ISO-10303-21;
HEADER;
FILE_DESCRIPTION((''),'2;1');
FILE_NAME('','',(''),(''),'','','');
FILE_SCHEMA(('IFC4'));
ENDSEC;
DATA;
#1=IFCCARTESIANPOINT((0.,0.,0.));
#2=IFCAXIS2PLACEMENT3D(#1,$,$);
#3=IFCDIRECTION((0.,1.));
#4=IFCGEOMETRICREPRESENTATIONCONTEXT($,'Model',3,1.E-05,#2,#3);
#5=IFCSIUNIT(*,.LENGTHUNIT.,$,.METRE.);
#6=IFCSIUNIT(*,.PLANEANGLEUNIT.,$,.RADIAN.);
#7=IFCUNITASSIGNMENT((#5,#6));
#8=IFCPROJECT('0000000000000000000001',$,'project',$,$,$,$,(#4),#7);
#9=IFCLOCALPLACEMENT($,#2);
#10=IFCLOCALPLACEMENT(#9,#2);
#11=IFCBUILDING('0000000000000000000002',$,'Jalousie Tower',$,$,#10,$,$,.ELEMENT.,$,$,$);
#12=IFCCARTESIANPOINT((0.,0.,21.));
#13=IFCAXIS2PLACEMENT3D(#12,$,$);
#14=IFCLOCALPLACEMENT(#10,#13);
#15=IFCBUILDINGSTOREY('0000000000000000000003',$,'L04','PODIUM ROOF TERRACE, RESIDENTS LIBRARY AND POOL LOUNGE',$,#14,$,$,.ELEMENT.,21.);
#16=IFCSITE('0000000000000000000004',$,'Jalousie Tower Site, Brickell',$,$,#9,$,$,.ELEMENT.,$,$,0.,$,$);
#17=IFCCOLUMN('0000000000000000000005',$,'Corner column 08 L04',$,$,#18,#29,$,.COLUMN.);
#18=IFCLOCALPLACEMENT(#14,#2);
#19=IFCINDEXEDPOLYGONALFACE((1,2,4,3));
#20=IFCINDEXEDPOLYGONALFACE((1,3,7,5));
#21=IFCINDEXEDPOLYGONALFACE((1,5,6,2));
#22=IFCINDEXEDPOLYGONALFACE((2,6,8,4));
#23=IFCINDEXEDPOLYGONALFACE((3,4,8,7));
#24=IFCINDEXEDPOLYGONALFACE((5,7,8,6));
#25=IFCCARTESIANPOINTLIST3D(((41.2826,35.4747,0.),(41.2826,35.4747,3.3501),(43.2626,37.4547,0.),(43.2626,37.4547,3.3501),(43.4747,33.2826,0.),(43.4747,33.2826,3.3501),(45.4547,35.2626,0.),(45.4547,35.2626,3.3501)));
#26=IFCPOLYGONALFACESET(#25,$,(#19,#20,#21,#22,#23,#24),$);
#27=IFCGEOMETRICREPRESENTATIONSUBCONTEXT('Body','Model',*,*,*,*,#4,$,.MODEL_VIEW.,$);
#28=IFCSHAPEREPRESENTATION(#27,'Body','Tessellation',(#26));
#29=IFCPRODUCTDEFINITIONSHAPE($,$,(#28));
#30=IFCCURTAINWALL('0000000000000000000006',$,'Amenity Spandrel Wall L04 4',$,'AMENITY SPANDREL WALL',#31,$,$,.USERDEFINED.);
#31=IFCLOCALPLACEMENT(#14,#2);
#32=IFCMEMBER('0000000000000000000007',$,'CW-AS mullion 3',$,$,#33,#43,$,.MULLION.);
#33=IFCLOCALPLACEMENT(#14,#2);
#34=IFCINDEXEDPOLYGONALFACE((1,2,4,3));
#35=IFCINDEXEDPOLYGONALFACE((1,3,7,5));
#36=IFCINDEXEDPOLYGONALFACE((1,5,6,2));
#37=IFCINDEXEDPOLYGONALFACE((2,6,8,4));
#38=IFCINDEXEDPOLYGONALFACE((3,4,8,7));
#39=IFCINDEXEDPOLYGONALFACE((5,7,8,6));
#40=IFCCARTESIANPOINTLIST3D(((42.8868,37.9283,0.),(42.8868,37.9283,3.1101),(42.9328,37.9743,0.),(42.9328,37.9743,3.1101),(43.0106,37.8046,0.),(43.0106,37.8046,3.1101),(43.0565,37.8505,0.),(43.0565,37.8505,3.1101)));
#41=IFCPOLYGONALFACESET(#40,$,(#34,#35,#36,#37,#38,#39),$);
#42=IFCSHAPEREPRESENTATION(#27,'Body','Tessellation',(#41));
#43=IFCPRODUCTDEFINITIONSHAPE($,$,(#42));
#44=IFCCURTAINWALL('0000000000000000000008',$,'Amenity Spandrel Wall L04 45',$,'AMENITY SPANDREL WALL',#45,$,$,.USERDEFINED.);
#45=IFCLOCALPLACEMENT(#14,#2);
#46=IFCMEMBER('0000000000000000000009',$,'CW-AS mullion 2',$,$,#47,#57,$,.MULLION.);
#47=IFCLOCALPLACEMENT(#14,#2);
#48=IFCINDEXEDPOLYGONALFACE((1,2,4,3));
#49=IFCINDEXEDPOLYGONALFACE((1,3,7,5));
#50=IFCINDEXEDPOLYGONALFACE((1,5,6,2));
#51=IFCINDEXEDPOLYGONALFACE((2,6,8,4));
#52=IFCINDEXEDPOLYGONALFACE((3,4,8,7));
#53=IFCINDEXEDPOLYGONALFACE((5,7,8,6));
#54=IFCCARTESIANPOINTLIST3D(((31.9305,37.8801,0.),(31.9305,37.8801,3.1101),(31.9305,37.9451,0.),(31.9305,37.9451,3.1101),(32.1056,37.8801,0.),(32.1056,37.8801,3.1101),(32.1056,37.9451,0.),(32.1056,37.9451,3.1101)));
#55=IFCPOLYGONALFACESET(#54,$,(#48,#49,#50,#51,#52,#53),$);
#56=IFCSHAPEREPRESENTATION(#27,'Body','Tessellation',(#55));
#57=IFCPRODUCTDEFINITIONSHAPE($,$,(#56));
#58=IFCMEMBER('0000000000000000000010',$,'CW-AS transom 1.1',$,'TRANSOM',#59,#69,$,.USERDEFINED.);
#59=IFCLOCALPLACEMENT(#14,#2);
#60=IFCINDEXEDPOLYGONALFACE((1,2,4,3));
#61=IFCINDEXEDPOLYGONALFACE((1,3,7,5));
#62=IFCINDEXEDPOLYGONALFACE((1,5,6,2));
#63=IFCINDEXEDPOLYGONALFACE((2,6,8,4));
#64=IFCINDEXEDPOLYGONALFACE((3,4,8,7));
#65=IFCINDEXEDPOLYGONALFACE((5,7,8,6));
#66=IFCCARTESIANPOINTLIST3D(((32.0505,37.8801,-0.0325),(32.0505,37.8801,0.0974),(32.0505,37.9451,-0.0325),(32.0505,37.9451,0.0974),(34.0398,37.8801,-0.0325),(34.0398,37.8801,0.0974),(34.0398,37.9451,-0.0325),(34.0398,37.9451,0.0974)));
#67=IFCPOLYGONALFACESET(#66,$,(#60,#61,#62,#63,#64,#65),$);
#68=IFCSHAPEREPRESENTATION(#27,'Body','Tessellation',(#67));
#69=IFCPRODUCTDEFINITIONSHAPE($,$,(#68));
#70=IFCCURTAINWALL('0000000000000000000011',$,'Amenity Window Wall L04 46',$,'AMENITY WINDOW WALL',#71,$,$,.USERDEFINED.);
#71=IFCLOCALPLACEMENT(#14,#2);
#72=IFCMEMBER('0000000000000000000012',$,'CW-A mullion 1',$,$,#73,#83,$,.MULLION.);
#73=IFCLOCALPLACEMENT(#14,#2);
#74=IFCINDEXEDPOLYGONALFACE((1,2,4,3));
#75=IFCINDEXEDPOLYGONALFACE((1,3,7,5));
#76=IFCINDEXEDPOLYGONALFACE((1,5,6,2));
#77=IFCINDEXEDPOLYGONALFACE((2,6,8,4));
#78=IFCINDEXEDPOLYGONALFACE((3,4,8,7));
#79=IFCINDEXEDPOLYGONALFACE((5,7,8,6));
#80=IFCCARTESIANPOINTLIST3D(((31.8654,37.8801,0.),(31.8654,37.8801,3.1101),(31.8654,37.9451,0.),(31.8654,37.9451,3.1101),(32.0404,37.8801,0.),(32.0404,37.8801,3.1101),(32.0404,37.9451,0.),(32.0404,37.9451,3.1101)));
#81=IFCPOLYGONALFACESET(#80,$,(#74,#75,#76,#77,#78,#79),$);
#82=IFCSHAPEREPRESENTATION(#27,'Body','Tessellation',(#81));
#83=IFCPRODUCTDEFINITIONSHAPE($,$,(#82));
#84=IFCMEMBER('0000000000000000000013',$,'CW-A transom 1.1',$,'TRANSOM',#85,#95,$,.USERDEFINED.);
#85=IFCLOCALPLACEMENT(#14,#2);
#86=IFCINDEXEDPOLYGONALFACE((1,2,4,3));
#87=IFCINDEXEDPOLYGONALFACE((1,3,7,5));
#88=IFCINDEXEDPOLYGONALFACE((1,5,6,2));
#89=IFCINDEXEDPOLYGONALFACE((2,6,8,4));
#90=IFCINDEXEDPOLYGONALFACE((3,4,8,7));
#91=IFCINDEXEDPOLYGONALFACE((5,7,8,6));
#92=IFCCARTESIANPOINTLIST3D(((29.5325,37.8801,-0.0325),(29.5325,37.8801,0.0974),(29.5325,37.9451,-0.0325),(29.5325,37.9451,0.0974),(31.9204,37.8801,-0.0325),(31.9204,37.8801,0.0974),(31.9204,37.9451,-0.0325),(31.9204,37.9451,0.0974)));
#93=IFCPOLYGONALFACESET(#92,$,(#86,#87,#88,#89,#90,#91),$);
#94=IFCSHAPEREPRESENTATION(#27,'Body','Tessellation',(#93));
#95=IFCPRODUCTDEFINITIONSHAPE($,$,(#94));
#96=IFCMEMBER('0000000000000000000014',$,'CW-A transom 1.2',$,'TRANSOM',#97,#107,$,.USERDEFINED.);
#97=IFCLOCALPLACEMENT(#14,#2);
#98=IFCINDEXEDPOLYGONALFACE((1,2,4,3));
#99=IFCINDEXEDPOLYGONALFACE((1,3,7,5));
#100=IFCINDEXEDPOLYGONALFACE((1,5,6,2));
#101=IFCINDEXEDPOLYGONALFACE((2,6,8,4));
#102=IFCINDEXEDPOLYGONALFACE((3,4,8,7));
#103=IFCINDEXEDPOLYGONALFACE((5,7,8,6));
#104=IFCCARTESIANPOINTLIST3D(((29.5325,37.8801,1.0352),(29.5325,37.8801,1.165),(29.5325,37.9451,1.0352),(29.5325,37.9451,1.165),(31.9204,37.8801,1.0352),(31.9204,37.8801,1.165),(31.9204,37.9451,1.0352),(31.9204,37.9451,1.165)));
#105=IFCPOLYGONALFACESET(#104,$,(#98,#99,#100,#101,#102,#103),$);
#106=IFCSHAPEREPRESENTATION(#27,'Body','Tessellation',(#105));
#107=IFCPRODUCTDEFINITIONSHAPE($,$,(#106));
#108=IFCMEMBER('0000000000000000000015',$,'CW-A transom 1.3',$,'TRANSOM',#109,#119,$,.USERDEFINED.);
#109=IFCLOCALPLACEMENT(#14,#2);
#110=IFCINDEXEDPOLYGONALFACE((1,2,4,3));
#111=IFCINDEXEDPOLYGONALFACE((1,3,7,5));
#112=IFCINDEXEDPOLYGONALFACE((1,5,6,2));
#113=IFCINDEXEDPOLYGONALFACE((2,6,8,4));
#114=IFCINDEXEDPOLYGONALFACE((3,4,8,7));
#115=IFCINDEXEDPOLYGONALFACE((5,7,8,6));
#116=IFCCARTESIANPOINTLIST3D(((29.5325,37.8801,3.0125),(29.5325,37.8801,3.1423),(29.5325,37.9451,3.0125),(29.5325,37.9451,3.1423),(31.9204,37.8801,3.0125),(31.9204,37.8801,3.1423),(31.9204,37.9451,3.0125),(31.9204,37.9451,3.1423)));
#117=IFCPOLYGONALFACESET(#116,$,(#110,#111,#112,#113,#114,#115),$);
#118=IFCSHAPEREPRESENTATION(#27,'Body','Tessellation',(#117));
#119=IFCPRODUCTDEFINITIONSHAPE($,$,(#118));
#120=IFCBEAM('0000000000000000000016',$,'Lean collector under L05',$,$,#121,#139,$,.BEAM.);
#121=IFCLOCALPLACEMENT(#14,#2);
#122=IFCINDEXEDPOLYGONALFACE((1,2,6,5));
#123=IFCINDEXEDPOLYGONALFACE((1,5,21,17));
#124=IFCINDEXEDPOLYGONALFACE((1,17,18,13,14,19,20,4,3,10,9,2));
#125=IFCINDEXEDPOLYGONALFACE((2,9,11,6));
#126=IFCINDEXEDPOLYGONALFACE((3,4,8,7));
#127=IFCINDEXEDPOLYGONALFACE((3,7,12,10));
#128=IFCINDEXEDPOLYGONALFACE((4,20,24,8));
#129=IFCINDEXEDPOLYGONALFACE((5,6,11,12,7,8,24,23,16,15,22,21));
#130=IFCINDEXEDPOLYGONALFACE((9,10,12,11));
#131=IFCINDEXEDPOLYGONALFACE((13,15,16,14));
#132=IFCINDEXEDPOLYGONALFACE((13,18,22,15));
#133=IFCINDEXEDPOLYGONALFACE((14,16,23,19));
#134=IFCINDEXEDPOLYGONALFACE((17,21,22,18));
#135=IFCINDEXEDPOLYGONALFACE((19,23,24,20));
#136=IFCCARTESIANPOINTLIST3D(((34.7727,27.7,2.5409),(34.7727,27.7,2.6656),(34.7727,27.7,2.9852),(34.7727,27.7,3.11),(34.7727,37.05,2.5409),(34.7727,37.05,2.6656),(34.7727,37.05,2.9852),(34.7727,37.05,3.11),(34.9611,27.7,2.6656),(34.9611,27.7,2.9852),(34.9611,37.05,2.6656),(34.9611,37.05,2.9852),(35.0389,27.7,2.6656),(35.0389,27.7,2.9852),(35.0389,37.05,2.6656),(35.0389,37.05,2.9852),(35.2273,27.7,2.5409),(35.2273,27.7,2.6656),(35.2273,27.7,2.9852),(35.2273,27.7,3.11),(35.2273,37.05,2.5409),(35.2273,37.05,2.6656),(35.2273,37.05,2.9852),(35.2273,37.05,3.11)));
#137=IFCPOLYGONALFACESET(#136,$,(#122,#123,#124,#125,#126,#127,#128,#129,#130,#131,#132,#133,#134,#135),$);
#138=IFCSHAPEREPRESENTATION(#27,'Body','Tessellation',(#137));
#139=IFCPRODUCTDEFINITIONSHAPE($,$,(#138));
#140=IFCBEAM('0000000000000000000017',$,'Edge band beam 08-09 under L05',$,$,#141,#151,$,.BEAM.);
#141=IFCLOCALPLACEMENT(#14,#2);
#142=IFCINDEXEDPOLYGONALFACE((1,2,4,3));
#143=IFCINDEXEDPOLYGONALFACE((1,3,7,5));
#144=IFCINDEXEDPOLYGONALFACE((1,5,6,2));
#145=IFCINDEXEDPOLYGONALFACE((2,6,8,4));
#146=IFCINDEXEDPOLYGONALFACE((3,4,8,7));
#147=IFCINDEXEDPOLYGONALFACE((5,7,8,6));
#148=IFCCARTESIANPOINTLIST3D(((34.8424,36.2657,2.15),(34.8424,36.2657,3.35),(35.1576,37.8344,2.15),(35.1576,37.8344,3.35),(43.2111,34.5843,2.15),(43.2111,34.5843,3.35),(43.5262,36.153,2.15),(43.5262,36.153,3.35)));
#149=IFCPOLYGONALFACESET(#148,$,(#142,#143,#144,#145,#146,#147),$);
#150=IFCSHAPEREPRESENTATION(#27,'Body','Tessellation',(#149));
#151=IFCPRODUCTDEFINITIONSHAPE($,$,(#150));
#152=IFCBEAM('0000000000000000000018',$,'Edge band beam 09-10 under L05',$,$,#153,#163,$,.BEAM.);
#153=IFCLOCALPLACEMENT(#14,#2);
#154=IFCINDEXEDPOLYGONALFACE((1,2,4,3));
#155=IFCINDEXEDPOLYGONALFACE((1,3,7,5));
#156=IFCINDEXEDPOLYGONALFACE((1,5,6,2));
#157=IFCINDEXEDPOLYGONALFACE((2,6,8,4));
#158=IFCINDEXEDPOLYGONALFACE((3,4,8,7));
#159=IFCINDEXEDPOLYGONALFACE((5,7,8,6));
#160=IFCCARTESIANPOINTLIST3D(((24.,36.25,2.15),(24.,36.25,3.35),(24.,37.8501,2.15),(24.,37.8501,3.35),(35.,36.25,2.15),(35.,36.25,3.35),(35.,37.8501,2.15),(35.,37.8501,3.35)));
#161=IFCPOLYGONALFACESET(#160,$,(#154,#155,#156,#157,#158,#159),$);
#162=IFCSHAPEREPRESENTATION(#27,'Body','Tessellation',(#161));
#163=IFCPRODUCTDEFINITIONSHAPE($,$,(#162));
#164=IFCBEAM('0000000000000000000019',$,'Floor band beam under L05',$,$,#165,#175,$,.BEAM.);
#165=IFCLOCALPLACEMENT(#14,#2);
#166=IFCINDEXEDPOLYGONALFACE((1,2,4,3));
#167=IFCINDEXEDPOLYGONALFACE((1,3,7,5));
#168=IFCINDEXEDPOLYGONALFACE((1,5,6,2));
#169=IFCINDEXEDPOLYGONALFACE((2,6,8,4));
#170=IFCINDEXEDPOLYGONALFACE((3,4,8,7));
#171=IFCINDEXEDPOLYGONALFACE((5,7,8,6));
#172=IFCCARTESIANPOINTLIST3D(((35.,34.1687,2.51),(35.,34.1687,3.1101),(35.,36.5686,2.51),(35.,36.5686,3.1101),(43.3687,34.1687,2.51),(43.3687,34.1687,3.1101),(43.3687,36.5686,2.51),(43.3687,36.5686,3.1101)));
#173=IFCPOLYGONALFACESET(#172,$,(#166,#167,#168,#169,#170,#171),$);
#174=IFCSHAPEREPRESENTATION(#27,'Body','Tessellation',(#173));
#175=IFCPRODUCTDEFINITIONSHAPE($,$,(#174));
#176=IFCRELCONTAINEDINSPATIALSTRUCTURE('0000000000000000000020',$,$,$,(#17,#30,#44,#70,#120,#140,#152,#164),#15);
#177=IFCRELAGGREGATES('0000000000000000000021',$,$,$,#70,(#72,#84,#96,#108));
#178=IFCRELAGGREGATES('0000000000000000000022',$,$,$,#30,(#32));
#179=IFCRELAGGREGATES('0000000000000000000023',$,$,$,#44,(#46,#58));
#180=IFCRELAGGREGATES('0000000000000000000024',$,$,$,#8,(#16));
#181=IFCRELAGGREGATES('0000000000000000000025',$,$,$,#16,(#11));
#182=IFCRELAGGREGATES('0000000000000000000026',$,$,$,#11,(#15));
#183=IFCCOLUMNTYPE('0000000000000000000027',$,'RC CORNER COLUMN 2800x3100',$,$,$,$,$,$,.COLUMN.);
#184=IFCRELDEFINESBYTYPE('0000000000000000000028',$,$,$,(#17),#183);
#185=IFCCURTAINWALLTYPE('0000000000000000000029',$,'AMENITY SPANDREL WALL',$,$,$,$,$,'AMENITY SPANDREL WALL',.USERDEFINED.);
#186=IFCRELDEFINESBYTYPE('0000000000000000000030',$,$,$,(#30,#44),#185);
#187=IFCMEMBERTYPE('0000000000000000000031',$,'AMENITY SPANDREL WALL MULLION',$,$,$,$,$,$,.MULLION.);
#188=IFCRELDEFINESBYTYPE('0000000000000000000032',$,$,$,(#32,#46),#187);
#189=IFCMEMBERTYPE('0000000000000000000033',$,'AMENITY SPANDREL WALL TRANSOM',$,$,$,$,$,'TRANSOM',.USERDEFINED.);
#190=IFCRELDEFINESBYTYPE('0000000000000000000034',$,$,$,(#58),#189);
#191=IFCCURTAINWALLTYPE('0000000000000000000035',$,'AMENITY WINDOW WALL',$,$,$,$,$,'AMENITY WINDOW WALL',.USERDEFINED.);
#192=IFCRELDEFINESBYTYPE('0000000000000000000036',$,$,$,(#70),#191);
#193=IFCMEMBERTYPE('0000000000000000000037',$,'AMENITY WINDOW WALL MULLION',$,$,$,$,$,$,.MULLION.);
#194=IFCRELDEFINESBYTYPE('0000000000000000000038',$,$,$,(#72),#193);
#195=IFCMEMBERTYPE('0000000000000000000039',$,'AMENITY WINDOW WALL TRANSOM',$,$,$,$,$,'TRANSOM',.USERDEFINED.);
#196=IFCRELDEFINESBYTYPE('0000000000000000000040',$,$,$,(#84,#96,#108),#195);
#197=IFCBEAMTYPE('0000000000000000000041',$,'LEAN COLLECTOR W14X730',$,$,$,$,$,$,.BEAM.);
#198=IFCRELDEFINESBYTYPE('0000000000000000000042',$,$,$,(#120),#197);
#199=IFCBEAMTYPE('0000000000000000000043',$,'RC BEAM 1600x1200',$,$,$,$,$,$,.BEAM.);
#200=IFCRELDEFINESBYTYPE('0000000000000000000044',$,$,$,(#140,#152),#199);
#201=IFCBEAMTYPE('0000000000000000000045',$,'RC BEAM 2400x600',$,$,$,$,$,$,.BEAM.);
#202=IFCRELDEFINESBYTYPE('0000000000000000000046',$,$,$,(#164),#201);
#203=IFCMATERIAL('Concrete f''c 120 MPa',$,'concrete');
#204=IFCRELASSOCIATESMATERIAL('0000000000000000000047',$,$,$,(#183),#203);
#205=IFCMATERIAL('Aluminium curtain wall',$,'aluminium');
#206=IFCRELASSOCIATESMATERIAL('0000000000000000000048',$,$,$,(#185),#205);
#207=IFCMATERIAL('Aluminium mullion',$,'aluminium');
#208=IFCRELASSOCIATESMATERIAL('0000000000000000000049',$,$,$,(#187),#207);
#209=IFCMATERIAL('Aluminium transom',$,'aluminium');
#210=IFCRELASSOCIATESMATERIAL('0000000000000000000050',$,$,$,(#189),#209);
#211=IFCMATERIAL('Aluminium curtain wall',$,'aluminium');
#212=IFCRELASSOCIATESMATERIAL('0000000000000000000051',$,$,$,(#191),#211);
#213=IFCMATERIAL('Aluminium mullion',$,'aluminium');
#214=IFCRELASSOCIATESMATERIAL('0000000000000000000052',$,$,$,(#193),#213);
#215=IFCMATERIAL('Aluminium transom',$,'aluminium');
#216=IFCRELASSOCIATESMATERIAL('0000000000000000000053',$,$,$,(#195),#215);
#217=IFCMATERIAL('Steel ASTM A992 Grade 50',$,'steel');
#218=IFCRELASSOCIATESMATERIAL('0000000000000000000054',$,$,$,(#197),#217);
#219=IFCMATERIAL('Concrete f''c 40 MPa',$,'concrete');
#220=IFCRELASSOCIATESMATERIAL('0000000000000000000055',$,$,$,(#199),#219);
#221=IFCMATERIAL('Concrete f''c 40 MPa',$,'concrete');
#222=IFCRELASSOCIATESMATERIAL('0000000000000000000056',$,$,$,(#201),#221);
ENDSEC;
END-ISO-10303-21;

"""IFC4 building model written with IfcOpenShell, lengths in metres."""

from ifc_helpers import new_model, si_unit, direction, frame, origin, origin_2d, place, context, subcontext, project, spatial, rectangle, i_section, extrude, material, material_profile, profile_set, type_object, element, aggregate, save


model = new_model("IFC4")

# Units and contexts
model_context = context("Model", 3, precision=1e-05, world=origin(), true_north=direction((0.0, 1.0)))
body_context = subcontext(model_context, "Body", "Model", "MODEL_VIEW")
ifc_project = project(units=[si_unit("LENGTHUNIT", "METRE"), si_unit("PLANEANGLEUNIT", "RADIAN")], contexts=[model_context])

# Site, building, storey
site_placement = place(None, origin())
site = spatial("IfcSite", under=ifc_project, at=site_placement, Name="Jalousie Tower Site, Brickell", CompositionType="ELEMENT", RefElevation=0.0)
building_placement = place(site_placement, origin())
building = spatial("IfcBuilding", under=site, at=building_placement, Name="Jalousie Tower", CompositionType="ELEMENT")
storey_placement = place(building_placement, frame((0.0, 0.0, 21.0)))
storey = spatial("IfcBuildingStorey", under=building, at=storey_placement, Name="L04", Description="PODIUM ROOF TERRACE, RESIDENTS LIBRARY AND POOL LOUNGE", CompositionType="ELEMENT", Elevation=21.0)

# Column
ifc_material_1 = material(Name="Concrete f'c 120 MPa", Category="concrete")
ifc_material_profile_1 = material_profile(ifc_material_1, rectangle(XDim=2.8, YDim=3.1001, at=origin_2d()), Name="RC 2800x3100")
ifc_profile_set_1 = profile_set([ifc_material_profile_1], Name="Concrete f'c 120 MPa")
column_type = type_object("IfcColumnType", Name="RC CORNER COLUMN 2800x3100", PredefinedType="COLUMN", material=ifc_profile_set_1)
column_placement = place(storey_placement, frame((43.3687, 35.3687, 0.0), z_axis=(0.0, 0.0, 1.0), x_axis=(-0.707107, -0.707107, 0.0)))
element("IfcColumn", 1, at=column_placement, inside=storey, type_object=column_type, Name="Corner column 08 L04", PredefinedType="COLUMN", context=body_context, shape_type="SweptSolid", body=[
    extrude(rectangle(XDim=2.8, YDim=3.1001, at=origin_2d()), origin(), (0.0, 0.0, 1.0), 3.3501),
])

# Curtain wall, member
ifc_material_2 = material(Name="Aluminium curtain wall", Category="aluminium")
curtain_wall_type_1 = type_object("IfcCurtainWallType", Name="AMENITY SPANDREL WALL", ElementType="AMENITY SPANDREL WALL", PredefinedType="USERDEFINED", material=ifc_material_2)
curtain_wall_1_placement = place(storey_placement, origin())
curtain_wall_1 = element("IfcCurtainWall", 2, at=curtain_wall_1_placement, inside=storey, type_object=curtain_wall_type_1, Name="Amenity Spandrel Wall L04 4", ObjectType="AMENITY SPANDREL WALL", PredefinedType="USERDEFINED")
ifc_material_3 = material(Name="Aluminium mullion", Category="aluminium")
ifc_material_profile_2 = material_profile(ifc_material_3, rectangle(XDim=0.0649, YDim=0.175, at=origin_2d()), Name="MULLION 65x175")
ifc_profile_set_2 = profile_set([ifc_material_profile_2], Name="Aluminium mullion")
member_type_1 = type_object("IfcMemberType", Name="AMENITY SPANDREL WALL MULLION", PredefinedType="MULLION", material=ifc_profile_set_2)
member_1_placement = place(storey_placement, frame((42.9717, 37.8894, 0.0), z_axis=(0.0, 0.0, 1.0), x_axis=(-0.707107, -0.707107, 0.0)))
member_1 = element("IfcMember", 3, at=member_1_placement, type_object=member_type_1, Name="CW-AS mullion 3", PredefinedType="MULLION", context=body_context, shape_type="SweptSolid", body=[
    extrude(rectangle(XDim=0.0649, YDim=0.175, at=origin_2d()), origin(), (0.0, 0.0, 1.0), 3.1101),
])

# Curtain walls, members
curtain_wall_2_placement = place(storey_placement, origin())
curtain_wall_2 = element("IfcCurtainWall", 4, at=curtain_wall_2_placement, inside=storey, type_object=curtain_wall_type_1, Name="Amenity Spandrel Wall L04 45", ObjectType="AMENITY SPANDREL WALL", PredefinedType="USERDEFINED")
member_2_placement = place(storey_placement, frame((32.0181, 37.9126, 0.0), z_axis=(0.0, 0.0, 1.0), x_axis=(0.0, -1.0, 0.0)))
member_2 = element("IfcMember", 5, at=member_2_placement, type_object=member_type_1, Name="CW-AS mullion 2", PredefinedType="MULLION", context=body_context, shape_type="SweptSolid", body=[
    extrude(rectangle(XDim=0.0649, YDim=0.175, at=origin_2d()), origin(), (0.0, 0.0, 1.0), 3.1101),
])
ifc_material_4 = material(Name="Aluminium transom", Category="aluminium")
ifc_material_profile_3 = material_profile(ifc_material_4, rectangle(XDim=0.0649, YDim=0.1299, at=origin_2d()), Name="TRANSOM 65x130")
ifc_profile_set_3 = profile_set([ifc_material_profile_3], Name="Aluminium transom")
member_type_2 = type_object("IfcMemberType", Name="AMENITY SPANDREL WALL TRANSOM", ElementType="TRANSOM", PredefinedType="USERDEFINED", material=ifc_profile_set_3)
member_3_placement = place(storey_placement, frame((34.0398, 37.9126, 0.0325), z_axis=(-1.0, 0.0, 0.0), x_axis=(0.0, -1.0, 0.0)))
member_3 = element("IfcMember", 6, at=member_3_placement, type_object=member_type_2, Name="CW-AS transom 1.1", ObjectType="TRANSOM", PredefinedType="USERDEFINED", context=body_context, shape_type="SweptSolid", body=[
    extrude(rectangle(XDim=0.0649, YDim=0.1299, at=origin_2d()), origin(), (0.0, 0.0, 1.0), 1.9893),
])
ifc_material_5 = material(Name="Aluminium curtain wall", Category="aluminium")
curtain_wall_type_2 = type_object("IfcCurtainWallType", Name="AMENITY WINDOW WALL", ElementType="AMENITY WINDOW WALL", PredefinedType="USERDEFINED", material=ifc_material_5)
curtain_wall_3_placement = place(storey_placement, origin())
curtain_wall_3 = element("IfcCurtainWall", 7, at=curtain_wall_3_placement, inside=storey, type_object=curtain_wall_type_2, Name="Amenity Window Wall L04 46", ObjectType="AMENITY WINDOW WALL", PredefinedType="USERDEFINED")
ifc_material_6 = material(Name="Aluminium mullion", Category="aluminium")
ifc_material_profile_4 = material_profile(ifc_material_6, rectangle(XDim=0.0649, YDim=0.175, at=origin_2d()), Name="MULLION 65x175")
ifc_profile_set_4 = profile_set([ifc_material_profile_4], Name="Aluminium mullion")
member_type_3 = type_object("IfcMemberType", Name="AMENITY WINDOW WALL MULLION", PredefinedType="MULLION", material=ifc_profile_set_4)
member_4_placement = place(storey_placement, frame((31.9529, 37.9126, 0.0), z_axis=(0.0, 0.0, 1.0), x_axis=(0.0, -1.0, 0.0)))
member_4 = element("IfcMember", 8, at=member_4_placement, type_object=member_type_3, Name="CW-A mullion 1", PredefinedType="MULLION", context=body_context, shape_type="SweptSolid", body=[
    extrude(rectangle(XDim=0.0649, YDim=0.175, at=origin_2d()), origin(), (0.0, 0.0, 1.0), 3.1101),
])
ifc_material_7 = material(Name="Aluminium transom", Category="aluminium")
ifc_material_profile_5 = material_profile(ifc_material_7, rectangle(XDim=0.0649, YDim=0.1299, at=origin_2d()), Name="TRANSOM 65x130")
ifc_profile_set_5 = profile_set([ifc_material_profile_5], Name="Aluminium transom")
member_type_4 = type_object("IfcMemberType", Name="AMENITY WINDOW WALL TRANSOM", ElementType="TRANSOM", PredefinedType="USERDEFINED", material=ifc_profile_set_5)
member_5_placement = place(storey_placement, frame((31.9204, 37.9126, 0.0325), z_axis=(-1.0, 0.0, 0.0), x_axis=(0.0, -1.0, 0.0)))
member_5 = element("IfcMember", 9, at=member_5_placement, type_object=member_type_4, Name="CW-A transom 1.1", ObjectType="TRANSOM", PredefinedType="USERDEFINED", context=body_context, shape_type="SweptSolid", body=[
    extrude(rectangle(XDim=0.0649, YDim=0.1299, at=origin_2d()), origin(), (0.0, 0.0, 1.0), 2.3879),
])
member_6_placement = place(storey_placement, frame((31.9204, 37.9126, 1.1001), z_axis=(-1.0, 0.0, 0.0), x_axis=(0.0, -1.0, 0.0)))
member_6 = element("IfcMember", 10, at=member_6_placement, type_object=member_type_4, Name="CW-A transom 1.2", ObjectType="TRANSOM", PredefinedType="USERDEFINED", context=body_context, shape_type="SweptSolid", body=[
    extrude(rectangle(XDim=0.0649, YDim=0.1299, at=origin_2d()), origin(), (0.0, 0.0, 1.0), 2.3879),
])
member_7_placement = place(storey_placement, frame((31.9204, 37.9126, 3.0774), z_axis=(-1.0, 0.0, 0.0), x_axis=(0.0, -1.0, 0.0)))
member_7 = element("IfcMember", 11, at=member_7_placement, type_object=member_type_4, Name="CW-A transom 1.3", ObjectType="TRANSOM", PredefinedType="USERDEFINED", context=body_context, shape_type="SweptSolid", body=[
    extrude(rectangle(XDim=0.0649, YDim=0.1299, at=origin_2d()), origin(), (0.0, 0.0, 1.0), 2.3879),
])
aggregate(curtain_wall_3, [member_4, member_5, member_6, member_7])

# Beams
ifc_material_8 = material(Name="Steel ASTM A992 Grade 50", Category="steel")
ifc_material_profile_6 = material_profile(ifc_material_8, i_section(OverallWidth=0.4546, OverallDepth=0.5691, WebThickness=0.0779, FlangeThickness=0.1248, at=origin_2d()), Name="W14X730")
ifc_profile_set_6 = profile_set([ifc_material_profile_6], Name="Steel ASTM A992 Grade 50")
beam_type_1 = type_object("IfcBeamType", Name="LEAN COLLECTOR W14X730", PredefinedType="BEAM", material=ifc_profile_set_6)
beam_1_placement = place(storey_placement, frame((35.0, 37.05, 2.8254), z_axis=(0.0, -1.0, 0.0), x_axis=(1.0, 0.0, 0.0)))
element("IfcBeam", 12, at=beam_1_placement, inside=storey, type_object=beam_type_1, Name="Lean collector under L05", PredefinedType="BEAM", context=body_context, shape_type="SweptSolid", body=[
    extrude(i_section(OverallWidth=0.4546, OverallDepth=0.5691, WebThickness=0.0779, FlangeThickness=0.1248, at=origin_2d()), origin(), (0.0, 0.0, 1.0), 9.3501),
])
ifc_material_9 = material(Name="Concrete f'c 40 MPa", Category="concrete")
ifc_material_profile_7 = material_profile(ifc_material_9, rectangle(XDim=1.6001, YDim=1.2, at=origin_2d()), Name="RC 1600x1200")
ifc_profile_set_7 = profile_set([ifc_material_profile_7], Name="Concrete f'c 40 MPa")
beam_type_2 = type_object("IfcBeamType", Name="RC BEAM 1600x1200", PredefinedType="BEAM", material=ifc_profile_set_7)
beam_2_placement = place(storey_placement, frame((43.3687, 35.3687, 2.75), z_axis=(-0.980408, 0.19698, 0.0), x_axis=(-0.19698, -0.980408, 0.0)))
element("IfcBeam", 13, at=beam_2_placement, inside=storey, type_object=beam_type_2, Name="Edge band beam 08-09 under L05", PredefinedType="BEAM", context=body_context, shape_type="SweptSolid", body=[
    extrude(rectangle(XDim=1.6001, YDim=1.2, at=origin_2d()), origin(), (0.0, 0.0, 1.0), 8.5359),
])
beam_3_placement = place(storey_placement, frame((35.0, 37.05, 2.75), z_axis=(-1.0, 0.0, 0.0), x_axis=(0.0, -1.0, 0.0)))
element("IfcBeam", 14, at=beam_3_placement, inside=storey, type_object=beam_type_2, Name="Edge band beam 09-10 under L05", PredefinedType="BEAM", context=body_context, shape_type="SweptSolid", body=[
    extrude(rectangle(XDim=1.6001, YDim=1.2, at=origin_2d()), origin(), (0.0, 0.0, 1.0), 11.0),
])
ifc_material_10 = material(Name="Concrete f'c 40 MPa", Category="concrete")
ifc_material_profile_8 = material_profile(ifc_material_10, rectangle(XDim=2.3999, YDim=0.6001, at=origin_2d()), Name="RC 2400x600")
ifc_profile_set_8 = profile_set([ifc_material_profile_8], Name="Concrete f'c 40 MPa")
beam_type_3 = type_object("IfcBeamType", Name="RC BEAM 2400x600", PredefinedType="BEAM", material=ifc_profile_set_8)
beam_4_placement = place(storey_placement, frame((43.3687, 35.3687, 2.8101), z_axis=(-1.0, 0.0, 0.0), x_axis=(0.0, -1.0, 0.0)))
element("IfcBeam", 15, at=beam_4_placement, inside=storey, type_object=beam_type_3, Name="Floor band beam under L05", PredefinedType="BEAM", context=body_context, shape_type="SweptSolid", body=[
    extrude(rectangle(XDim=2.3999, YDim=0.6001, at=origin_2d()), origin(), (0.0, 0.0, 1.0), 8.3687),
])

aggregate(curtain_wall_1, [member_1])
aggregate(curtain_wall_2, [member_2, member_3])

save(model, "model.ifc")
